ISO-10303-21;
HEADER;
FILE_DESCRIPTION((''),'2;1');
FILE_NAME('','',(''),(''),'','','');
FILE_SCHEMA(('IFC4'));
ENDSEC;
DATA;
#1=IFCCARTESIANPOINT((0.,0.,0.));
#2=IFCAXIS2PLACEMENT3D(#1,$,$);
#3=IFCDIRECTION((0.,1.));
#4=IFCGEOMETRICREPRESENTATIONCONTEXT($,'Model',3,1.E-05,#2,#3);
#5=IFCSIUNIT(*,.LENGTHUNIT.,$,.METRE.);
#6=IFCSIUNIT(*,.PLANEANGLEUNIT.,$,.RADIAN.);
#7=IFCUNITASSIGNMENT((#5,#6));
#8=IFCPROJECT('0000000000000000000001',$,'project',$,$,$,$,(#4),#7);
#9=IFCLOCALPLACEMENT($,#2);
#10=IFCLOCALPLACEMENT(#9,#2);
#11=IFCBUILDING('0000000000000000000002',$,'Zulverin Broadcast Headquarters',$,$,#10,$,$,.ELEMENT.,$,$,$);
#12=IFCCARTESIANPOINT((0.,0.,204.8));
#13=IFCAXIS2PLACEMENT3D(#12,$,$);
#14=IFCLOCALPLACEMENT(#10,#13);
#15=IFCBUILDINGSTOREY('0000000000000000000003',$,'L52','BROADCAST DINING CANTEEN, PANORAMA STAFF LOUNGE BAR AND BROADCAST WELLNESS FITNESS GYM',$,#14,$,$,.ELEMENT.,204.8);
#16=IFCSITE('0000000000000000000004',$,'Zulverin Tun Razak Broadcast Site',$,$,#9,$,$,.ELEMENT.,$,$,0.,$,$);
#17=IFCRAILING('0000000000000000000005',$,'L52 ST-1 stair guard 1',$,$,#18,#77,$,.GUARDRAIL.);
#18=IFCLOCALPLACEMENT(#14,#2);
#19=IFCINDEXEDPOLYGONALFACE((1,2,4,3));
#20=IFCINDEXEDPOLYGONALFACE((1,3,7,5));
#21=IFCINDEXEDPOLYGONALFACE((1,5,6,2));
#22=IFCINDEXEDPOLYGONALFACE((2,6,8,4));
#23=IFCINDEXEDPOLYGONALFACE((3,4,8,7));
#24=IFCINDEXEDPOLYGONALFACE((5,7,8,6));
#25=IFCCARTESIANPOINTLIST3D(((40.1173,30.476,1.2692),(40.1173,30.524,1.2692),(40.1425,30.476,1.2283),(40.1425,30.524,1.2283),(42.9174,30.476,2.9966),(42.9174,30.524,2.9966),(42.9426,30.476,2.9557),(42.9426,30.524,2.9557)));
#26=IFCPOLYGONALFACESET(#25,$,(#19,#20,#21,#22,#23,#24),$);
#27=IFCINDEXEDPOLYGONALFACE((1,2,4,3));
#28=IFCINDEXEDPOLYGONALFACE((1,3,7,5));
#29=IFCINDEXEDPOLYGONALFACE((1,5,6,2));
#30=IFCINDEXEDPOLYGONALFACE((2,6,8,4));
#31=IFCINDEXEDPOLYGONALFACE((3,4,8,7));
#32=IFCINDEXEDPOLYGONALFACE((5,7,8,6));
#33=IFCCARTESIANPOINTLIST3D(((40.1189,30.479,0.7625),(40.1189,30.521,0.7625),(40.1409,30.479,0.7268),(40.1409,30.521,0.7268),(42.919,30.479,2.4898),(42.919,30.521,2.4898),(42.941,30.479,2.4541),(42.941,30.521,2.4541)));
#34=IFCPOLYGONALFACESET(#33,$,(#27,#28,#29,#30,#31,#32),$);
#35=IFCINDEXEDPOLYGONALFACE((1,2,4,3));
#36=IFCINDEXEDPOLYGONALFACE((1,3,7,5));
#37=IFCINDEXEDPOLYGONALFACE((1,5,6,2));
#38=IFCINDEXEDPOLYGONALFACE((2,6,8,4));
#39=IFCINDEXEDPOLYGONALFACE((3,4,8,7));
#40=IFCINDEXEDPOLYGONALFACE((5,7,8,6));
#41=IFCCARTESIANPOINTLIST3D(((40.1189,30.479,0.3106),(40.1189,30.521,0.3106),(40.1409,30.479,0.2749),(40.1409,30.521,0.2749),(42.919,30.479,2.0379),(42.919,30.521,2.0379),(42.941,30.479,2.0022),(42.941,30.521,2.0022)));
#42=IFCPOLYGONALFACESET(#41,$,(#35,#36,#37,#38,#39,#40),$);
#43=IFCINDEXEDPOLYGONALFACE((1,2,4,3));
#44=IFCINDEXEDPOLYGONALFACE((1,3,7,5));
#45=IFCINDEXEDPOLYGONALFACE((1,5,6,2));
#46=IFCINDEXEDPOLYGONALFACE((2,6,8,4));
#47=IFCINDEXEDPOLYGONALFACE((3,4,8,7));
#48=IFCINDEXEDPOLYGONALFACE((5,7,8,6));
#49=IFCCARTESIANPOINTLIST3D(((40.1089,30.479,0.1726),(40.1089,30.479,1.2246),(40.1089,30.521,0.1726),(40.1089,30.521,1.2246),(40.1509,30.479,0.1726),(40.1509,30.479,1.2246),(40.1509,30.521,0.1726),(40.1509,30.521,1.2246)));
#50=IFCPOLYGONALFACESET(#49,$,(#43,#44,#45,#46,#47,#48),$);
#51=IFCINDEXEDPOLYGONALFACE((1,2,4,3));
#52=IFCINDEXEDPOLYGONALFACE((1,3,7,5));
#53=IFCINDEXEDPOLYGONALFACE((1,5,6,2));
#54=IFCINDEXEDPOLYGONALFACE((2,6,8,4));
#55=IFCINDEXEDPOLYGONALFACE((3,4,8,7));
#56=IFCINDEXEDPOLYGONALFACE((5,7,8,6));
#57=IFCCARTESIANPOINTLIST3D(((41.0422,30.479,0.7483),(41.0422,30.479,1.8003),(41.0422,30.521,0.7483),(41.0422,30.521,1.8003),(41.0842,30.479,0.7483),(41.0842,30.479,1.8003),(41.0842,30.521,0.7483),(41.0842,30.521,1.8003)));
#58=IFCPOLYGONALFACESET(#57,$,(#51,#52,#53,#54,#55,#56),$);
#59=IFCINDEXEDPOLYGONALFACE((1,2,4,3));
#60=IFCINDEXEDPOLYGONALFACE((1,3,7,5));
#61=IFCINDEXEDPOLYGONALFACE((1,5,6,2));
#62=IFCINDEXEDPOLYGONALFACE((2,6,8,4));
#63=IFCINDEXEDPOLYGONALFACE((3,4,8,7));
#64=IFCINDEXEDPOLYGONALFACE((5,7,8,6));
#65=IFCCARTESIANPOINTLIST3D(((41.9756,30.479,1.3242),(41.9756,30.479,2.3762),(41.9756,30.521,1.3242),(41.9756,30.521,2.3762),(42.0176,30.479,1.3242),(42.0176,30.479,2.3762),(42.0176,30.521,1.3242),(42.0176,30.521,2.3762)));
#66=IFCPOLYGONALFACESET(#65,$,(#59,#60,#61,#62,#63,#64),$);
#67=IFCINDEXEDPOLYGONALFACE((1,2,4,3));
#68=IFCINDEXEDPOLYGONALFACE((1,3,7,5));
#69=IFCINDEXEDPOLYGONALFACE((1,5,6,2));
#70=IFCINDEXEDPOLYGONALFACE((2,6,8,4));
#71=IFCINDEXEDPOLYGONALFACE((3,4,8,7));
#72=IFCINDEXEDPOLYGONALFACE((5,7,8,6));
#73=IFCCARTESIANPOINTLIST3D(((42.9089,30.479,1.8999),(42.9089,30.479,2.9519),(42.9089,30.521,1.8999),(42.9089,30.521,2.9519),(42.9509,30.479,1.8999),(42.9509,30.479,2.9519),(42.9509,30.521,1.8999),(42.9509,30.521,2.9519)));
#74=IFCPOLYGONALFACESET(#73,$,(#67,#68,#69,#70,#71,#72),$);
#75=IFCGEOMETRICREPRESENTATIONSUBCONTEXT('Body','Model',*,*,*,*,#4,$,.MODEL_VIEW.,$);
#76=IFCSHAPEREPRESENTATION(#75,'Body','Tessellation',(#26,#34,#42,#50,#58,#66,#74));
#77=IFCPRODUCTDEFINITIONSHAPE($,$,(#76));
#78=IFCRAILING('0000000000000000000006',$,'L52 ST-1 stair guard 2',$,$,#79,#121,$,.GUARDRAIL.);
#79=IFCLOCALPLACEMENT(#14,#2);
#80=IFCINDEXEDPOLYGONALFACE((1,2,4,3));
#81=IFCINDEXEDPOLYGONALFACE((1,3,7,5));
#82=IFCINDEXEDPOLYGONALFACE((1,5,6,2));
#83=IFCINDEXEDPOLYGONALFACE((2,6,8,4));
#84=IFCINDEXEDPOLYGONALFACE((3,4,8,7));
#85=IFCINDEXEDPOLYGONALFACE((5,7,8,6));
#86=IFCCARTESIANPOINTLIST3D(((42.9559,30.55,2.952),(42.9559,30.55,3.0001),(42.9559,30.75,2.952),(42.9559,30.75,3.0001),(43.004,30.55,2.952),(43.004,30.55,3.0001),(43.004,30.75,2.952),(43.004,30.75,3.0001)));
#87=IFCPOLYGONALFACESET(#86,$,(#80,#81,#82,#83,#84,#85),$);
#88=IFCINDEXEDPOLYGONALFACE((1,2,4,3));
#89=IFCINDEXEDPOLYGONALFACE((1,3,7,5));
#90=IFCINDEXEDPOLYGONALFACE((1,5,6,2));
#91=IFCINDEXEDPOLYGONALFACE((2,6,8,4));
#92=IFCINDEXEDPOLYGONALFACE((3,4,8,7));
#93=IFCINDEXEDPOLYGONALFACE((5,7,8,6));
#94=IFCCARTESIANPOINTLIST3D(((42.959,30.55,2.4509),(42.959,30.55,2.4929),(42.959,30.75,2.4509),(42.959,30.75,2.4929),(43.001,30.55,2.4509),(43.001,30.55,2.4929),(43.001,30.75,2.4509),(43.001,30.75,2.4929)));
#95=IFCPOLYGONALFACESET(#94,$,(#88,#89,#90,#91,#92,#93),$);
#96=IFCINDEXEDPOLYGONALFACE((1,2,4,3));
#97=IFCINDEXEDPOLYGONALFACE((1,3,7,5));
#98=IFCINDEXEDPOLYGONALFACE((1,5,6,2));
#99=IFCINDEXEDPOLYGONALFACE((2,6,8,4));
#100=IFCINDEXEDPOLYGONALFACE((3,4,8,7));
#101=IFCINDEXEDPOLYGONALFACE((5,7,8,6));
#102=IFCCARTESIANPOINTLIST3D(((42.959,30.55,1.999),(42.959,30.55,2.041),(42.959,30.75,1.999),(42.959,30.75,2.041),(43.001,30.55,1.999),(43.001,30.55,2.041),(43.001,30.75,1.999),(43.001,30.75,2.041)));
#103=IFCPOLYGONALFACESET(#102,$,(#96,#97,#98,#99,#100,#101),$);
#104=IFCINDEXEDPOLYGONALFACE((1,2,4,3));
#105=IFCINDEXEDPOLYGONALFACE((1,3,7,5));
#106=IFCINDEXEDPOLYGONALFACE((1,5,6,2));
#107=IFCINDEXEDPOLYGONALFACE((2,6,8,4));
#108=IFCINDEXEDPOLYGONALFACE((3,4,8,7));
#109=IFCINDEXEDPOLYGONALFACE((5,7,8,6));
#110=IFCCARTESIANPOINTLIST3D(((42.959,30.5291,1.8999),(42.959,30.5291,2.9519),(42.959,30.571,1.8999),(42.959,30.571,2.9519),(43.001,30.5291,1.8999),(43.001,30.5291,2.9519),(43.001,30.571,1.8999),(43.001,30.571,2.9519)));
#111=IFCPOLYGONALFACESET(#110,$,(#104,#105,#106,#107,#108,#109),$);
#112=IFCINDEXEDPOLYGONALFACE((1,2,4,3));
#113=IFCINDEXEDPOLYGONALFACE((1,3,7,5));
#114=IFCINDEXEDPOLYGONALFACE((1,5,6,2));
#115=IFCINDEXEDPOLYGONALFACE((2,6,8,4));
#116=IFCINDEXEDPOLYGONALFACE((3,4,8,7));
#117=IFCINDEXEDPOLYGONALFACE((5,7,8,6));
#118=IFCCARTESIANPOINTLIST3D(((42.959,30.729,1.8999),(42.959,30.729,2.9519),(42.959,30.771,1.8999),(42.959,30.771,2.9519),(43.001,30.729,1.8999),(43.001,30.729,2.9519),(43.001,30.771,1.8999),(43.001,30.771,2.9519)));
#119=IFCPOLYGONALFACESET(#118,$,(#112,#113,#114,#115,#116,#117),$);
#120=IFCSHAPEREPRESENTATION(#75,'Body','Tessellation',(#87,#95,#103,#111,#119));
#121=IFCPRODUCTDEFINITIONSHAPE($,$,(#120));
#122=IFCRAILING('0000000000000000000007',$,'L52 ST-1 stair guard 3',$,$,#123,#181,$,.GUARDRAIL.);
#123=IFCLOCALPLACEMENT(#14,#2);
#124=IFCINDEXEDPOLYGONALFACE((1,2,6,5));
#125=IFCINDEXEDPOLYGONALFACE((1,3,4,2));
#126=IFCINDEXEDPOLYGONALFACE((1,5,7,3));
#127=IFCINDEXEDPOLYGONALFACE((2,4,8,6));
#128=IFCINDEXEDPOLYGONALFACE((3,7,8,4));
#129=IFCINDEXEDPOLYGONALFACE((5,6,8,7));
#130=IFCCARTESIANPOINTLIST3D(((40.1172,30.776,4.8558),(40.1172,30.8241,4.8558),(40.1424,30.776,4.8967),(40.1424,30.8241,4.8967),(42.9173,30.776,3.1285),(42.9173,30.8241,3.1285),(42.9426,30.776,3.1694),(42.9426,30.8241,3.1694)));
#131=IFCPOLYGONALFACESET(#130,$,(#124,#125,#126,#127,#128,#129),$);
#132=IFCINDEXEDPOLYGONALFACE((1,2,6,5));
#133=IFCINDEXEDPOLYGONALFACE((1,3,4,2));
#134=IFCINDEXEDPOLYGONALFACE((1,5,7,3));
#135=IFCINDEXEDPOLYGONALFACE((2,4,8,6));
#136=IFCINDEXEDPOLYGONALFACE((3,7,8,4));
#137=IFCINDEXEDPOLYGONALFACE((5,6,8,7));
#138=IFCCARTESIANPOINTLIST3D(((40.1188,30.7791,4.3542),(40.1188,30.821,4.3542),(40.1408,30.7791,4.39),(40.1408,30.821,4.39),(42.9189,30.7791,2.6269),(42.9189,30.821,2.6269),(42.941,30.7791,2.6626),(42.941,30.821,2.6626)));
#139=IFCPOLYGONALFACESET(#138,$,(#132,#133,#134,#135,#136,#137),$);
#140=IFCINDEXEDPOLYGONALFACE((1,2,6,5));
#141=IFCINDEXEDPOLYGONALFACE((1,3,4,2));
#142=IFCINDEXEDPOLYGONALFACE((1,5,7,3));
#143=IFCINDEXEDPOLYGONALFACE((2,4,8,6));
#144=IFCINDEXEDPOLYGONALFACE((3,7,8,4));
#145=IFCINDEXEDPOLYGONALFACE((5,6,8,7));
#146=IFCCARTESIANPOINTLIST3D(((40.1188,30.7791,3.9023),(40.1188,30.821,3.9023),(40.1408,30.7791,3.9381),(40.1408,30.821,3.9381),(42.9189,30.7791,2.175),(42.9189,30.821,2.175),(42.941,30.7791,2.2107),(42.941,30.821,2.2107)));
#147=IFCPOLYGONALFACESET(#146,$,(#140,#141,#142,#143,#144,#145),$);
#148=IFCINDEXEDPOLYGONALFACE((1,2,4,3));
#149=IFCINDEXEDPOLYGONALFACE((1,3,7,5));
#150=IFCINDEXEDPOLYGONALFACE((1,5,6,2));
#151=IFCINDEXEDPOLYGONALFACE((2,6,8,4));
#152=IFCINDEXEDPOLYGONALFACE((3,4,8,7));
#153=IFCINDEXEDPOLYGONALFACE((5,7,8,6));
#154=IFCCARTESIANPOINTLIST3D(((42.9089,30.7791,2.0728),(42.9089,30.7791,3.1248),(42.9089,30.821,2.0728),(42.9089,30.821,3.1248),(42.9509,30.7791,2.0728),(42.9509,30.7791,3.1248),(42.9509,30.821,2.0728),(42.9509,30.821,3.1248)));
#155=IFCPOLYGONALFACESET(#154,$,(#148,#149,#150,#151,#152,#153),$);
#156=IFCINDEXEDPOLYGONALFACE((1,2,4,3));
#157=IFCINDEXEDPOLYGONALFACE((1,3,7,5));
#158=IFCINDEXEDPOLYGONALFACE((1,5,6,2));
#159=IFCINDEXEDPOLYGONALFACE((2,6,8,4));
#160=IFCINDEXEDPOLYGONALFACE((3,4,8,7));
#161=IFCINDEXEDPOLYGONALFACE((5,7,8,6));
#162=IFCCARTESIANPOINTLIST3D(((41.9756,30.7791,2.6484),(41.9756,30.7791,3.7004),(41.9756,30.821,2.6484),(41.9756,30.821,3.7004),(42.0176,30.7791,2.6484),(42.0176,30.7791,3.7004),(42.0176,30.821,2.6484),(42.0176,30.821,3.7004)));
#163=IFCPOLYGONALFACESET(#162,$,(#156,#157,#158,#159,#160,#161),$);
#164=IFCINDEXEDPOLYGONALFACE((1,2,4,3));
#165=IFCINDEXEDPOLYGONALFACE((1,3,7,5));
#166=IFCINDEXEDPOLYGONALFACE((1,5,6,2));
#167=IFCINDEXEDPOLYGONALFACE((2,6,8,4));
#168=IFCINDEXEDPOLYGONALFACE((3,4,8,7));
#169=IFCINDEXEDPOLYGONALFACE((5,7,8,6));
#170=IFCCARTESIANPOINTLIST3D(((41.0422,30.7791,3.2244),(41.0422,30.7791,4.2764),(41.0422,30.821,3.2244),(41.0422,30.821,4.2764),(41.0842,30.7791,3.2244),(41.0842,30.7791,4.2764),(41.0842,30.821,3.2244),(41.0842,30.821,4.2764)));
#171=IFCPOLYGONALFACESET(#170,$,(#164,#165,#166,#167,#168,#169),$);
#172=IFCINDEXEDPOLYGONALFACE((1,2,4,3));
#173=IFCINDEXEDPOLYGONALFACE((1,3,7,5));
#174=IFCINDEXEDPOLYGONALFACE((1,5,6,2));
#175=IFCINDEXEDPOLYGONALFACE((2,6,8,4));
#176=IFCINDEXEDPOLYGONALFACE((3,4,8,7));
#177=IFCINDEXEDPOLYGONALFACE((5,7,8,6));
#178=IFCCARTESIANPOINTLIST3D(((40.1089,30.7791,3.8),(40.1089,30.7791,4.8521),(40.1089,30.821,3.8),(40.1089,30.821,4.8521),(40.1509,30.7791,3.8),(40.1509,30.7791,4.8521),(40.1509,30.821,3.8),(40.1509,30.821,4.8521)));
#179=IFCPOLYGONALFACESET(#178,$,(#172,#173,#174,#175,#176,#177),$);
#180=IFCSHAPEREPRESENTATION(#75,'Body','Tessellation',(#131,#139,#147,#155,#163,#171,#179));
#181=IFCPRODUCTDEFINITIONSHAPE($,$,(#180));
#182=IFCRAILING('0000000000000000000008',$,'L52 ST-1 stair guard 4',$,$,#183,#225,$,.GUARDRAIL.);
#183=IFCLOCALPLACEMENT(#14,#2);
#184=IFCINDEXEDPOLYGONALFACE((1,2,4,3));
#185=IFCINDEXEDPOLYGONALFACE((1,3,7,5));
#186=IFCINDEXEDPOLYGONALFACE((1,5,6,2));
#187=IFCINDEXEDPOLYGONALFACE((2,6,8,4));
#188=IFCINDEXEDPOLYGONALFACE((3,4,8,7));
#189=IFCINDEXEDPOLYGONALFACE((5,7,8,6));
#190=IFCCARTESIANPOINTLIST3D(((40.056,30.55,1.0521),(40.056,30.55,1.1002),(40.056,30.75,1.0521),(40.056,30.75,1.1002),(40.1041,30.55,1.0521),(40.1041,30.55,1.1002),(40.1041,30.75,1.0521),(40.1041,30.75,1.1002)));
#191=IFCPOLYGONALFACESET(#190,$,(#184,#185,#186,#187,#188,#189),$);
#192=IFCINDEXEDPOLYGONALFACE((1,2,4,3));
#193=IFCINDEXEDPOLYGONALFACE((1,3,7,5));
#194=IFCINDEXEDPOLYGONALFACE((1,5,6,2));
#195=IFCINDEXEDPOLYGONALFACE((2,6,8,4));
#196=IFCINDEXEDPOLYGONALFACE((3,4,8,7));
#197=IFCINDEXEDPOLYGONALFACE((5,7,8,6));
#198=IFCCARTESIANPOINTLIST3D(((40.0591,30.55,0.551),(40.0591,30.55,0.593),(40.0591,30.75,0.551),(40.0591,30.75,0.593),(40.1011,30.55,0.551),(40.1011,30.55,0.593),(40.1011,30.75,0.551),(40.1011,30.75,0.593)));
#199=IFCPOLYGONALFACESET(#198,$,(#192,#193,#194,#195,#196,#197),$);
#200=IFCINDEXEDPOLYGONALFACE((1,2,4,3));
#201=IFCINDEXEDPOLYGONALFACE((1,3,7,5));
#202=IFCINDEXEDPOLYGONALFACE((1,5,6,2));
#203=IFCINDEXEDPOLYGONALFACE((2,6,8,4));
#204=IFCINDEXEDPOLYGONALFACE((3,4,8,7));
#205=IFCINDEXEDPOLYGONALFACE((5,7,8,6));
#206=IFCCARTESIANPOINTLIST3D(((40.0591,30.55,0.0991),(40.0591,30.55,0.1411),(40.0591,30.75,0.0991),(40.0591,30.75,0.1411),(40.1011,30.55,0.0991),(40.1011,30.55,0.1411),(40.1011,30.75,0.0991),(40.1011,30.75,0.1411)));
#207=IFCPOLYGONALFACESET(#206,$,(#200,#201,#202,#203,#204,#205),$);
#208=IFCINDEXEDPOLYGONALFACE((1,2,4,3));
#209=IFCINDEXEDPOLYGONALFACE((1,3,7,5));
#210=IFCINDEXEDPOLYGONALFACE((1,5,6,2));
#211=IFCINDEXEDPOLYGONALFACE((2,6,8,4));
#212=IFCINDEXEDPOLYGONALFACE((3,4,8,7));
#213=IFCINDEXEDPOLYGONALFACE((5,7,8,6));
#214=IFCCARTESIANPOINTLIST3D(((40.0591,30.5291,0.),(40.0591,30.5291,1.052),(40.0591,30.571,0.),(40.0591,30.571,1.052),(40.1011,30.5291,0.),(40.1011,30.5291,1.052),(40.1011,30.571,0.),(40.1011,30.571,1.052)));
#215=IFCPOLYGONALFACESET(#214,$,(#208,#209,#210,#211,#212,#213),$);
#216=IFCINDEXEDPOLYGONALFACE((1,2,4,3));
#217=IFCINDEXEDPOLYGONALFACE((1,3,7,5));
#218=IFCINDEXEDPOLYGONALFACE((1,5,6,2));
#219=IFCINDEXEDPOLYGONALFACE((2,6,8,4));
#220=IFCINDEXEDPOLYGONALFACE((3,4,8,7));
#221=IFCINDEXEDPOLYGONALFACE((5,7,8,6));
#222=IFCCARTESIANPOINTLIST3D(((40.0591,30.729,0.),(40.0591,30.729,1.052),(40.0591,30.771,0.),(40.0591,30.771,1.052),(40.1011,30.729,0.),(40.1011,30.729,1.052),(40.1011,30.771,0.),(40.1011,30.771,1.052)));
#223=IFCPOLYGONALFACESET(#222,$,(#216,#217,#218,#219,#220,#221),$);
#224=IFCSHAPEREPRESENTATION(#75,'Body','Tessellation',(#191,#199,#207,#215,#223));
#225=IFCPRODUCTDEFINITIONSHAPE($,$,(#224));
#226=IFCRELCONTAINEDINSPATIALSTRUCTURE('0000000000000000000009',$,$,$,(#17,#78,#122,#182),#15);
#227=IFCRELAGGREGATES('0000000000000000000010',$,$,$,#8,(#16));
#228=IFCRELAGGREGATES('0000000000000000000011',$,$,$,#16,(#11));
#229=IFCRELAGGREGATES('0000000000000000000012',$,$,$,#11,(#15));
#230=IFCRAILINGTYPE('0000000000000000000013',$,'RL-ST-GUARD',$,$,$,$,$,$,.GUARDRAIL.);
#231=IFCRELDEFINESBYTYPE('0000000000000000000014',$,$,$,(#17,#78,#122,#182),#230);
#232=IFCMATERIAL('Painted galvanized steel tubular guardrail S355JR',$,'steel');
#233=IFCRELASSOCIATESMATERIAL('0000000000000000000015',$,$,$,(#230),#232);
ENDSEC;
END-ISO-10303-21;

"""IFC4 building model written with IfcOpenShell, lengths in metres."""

from ifc_helpers import new_model, si_unit, direction, frame, origin, origin_2d, place, context, subcontext, project, spatial, rectangle, extrude, material, type_object, element, save


model = new_model("IFC4")

# Units and contexts
model_context = context("Model", 3, precision=1e-05, world=origin(), true_north=direction((0.0, 1.0)))
body_context = subcontext(model_context, "Body", "Model", "MODEL_VIEW")
ifc_project = project(units=[si_unit("LENGTHUNIT", "METRE"), si_unit("PLANEANGLEUNIT", "RADIAN")], contexts=[model_context])

# Site, building, storey
site_placement = place(None, origin())
site = spatial("IfcSite", under=ifc_project, at=site_placement, Name="Zulverin Tun Razak Broadcast Site", CompositionType="ELEMENT", RefElevation=0.0)
building_placement = place(site_placement, origin())
building = spatial("IfcBuilding", under=site, at=building_placement, Name="Zulverin Broadcast Headquarters", CompositionType="ELEMENT")
storey_placement = place(building_placement, frame((0.0, 0.0, 204.8)))
storey = spatial("IfcBuildingStorey", under=building, at=storey_placement, Name="L52", Description="BROADCAST DINING CANTEEN, PANORAMA STAFF LOUNGE BAR AND BROADCAST WELLNESS FITNESS GYM", CompositionType="ELEMENT", Elevation=204.8)

# Railings
ifc_material_1 = material(Name="Painted galvanized steel tubular guardrail S355JR", Category="steel")
railing_type_1 = type_object("IfcRailingType", Name="RL-ST-GUARD", PredefinedType="GUARDRAIL", material=ifc_material_1)
railing_1_placement = place(storey_placement, frame((40.1299, 30.5, 0.1726)))
element("IfcRailing", 1, at=railing_1_placement, inside=storey, type_object=railing_type_1, Name="L52 ST-1 stair guard 1", PredefinedType="GUARDRAIL", context=body_context, shape_type="SweptSolid", body=[
    extrude(rectangle(XDim=0.0481, YDim=0.0481, at=origin_2d()), frame((0.0, 0.0, 1.0762), z_axis=(0.85109, 0.0, 0.52502), x_axis=(0.0, 1.0, 0.0)), (0.0, 0.0, 1.0), 3.29),
    extrude(rectangle(XDim=0.042, YDim=0.042, at=origin_2d()), frame((0.0, 0.0, 0.572), z_axis=(0.85109, 0.0, 0.52502), x_axis=(0.0, 1.0, 0.0)), (0.0, 0.0, 1.0), 3.29),
    extrude(rectangle(XDim=0.042, YDim=0.042, at=origin_2d()), frame((0.0, 0.0, 0.1201), z_axis=(0.85109, 0.0, 0.52502), x_axis=(0.0, 1.0, 0.0)), (0.0, 0.0, 1.0), 3.29),
    extrude(rectangle(XDim=0.042, YDim=0.042, at=origin_2d()), origin(), (0.0, 0.0, 1.0), 1.052),
    extrude(rectangle(XDim=0.042, YDim=0.042, at=origin_2d()), frame((0.9333, 0.0, 0.5757)), (0.0, 0.0, 1.0), 1.052),
    extrude(rectangle(XDim=0.042, YDim=0.042, at=origin_2d()), frame((1.8667, 0.0, 1.1516)), (0.0, 0.0, 1.0), 1.052),
    extrude(rectangle(XDim=0.042, YDim=0.042, at=origin_2d()), frame((2.8, 0.0, 1.7273)), (0.0, 0.0, 1.0), 1.052),
])
railing_2_placement = place(storey_placement, frame((42.98, 30.55, 1.8999)))
element("IfcRailing", 2, at=railing_2_placement, inside=storey, type_object=railing_type_1, Name="L52 ST-1 stair guard 2", PredefinedType="GUARDRAIL", context=body_context, shape_type="SweptSolid", body=[
    extrude(rectangle(XDim=0.0481, YDim=0.0481, at=origin_2d()), frame((0.0, 0.0, 1.0762), z_axis=(0.0, 1.0, 0.0), x_axis=(-1.0, 0.0, 0.0)), (0.0, 0.0, 1.0), 0.2),
    extrude(rectangle(XDim=0.042, YDim=0.042, at=origin_2d()), frame((0.0, 0.0, 0.572), z_axis=(0.0, 1.0, 0.0), x_axis=(-1.0, 0.0, 0.0)), (0.0, 0.0, 1.0), 0.2),
    extrude(rectangle(XDim=0.042, YDim=0.042, at=origin_2d()), frame((0.0, 0.0, 0.1201), z_axis=(0.0, 1.0, 0.0), x_axis=(-1.0, 0.0, 0.0)), (0.0, 0.0, 1.0), 0.2),
    extrude(rectangle(XDim=0.042, YDim=0.042, at=origin_2d()), origin(), (0.0, 0.0, 1.0), 1.052),
    extrude(rectangle(XDim=0.042, YDim=0.042, at=origin_2d()), frame((0.0, 0.2, 0.0)), (0.0, 0.0, 1.0), 1.052),
])
railing_3_placement = place(storey_placement, frame((42.9299, 30.8, 2.0728)))
element("IfcRailing", 3, at=railing_3_placement, inside=storey, type_object=railing_type_1, Name="L52 ST-1 stair guard 3", PredefinedType="GUARDRAIL", context=body_context, shape_type="SweptSolid", body=[
    extrude(rectangle(XDim=0.0481, YDim=0.0481, at=origin_2d()), frame((0.0, 0.0, 1.0762), z_axis=(-0.85109, 0.0, 0.52502), x_axis=(0.0, -1.0, 0.0)), (0.0, 0.0, 1.0), 3.29),
    extrude(rectangle(XDim=0.042, YDim=0.042, at=origin_2d()), frame((0.0, 0.0, 0.572), z_axis=(-0.85109, 0.0, 0.52502), x_axis=(0.0, -1.0, 0.0)), (0.0, 0.0, 1.0), 3.29),
    extrude(rectangle(XDim=0.042, YDim=0.042, at=origin_2d()), frame((0.0, 0.0, 0.1201), z_axis=(-0.85109, 0.0, 0.52502), x_axis=(0.0, -1.0, 0.0)), (0.0, 0.0, 1.0), 3.29),
    extrude(rectangle(XDim=0.042, YDim=0.042, at=origin_2d()), origin(), (0.0, 0.0, 1.0), 1.052),
    extrude(rectangle(XDim=0.042, YDim=0.042, at=origin_2d()), frame((-0.9333, 0.0, 0.5757)), (0.0, 0.0, 1.0), 1.052),
    extrude(rectangle(XDim=0.042, YDim=0.042, at=origin_2d()), frame((-1.8667, 0.0, 1.1516)), (0.0, 0.0, 1.0), 1.052),
    extrude(rectangle(XDim=0.042, YDim=0.042, at=origin_2d()), frame((-2.8, 0.0, 1.7273)), (0.0, 0.0, 1.0), 1.052),
])
railing_4_placement = place(storey_placement, frame((40.0801, 30.55, 0.0)))
element("IfcRailing", 4, at=railing_4_placement, inside=storey, type_object=railing_type_1, Name="L52 ST-1 stair guard 4", PredefinedType="GUARDRAIL", context=body_context, shape_type="SweptSolid", body=[
    extrude(rectangle(XDim=0.0481, YDim=0.0481, at=origin_2d()), frame((0.0, 0.0, 1.0762), z_axis=(0.0, 1.0, 0.0), x_axis=(-1.0, 0.0, 0.0)), (0.0, 0.0, 1.0), 0.2),
    extrude(rectangle(XDim=0.042, YDim=0.042, at=origin_2d()), frame((0.0, 0.0, 0.572), z_axis=(0.0, 1.0, 0.0), x_axis=(-1.0, 0.0, 0.0)), (0.0, 0.0, 1.0), 0.2),
    extrude(rectangle(XDim=0.042, YDim=0.042, at=origin_2d()), frame((0.0, 0.0, 0.1201), z_axis=(0.0, 1.0, 0.0), x_axis=(-1.0, 0.0, 0.0)), (0.0, 0.0, 1.0), 0.2),
    extrude(rectangle(XDim=0.042, YDim=0.042, at=origin_2d()), origin(), (0.0, 0.0, 1.0), 1.052),
    extrude(rectangle(XDim=0.042, YDim=0.042, at=origin_2d()), frame((0.0, 0.2, 0.0)), (0.0, 0.0, 1.0), 1.052),
])

save(model, "model.ifc")
